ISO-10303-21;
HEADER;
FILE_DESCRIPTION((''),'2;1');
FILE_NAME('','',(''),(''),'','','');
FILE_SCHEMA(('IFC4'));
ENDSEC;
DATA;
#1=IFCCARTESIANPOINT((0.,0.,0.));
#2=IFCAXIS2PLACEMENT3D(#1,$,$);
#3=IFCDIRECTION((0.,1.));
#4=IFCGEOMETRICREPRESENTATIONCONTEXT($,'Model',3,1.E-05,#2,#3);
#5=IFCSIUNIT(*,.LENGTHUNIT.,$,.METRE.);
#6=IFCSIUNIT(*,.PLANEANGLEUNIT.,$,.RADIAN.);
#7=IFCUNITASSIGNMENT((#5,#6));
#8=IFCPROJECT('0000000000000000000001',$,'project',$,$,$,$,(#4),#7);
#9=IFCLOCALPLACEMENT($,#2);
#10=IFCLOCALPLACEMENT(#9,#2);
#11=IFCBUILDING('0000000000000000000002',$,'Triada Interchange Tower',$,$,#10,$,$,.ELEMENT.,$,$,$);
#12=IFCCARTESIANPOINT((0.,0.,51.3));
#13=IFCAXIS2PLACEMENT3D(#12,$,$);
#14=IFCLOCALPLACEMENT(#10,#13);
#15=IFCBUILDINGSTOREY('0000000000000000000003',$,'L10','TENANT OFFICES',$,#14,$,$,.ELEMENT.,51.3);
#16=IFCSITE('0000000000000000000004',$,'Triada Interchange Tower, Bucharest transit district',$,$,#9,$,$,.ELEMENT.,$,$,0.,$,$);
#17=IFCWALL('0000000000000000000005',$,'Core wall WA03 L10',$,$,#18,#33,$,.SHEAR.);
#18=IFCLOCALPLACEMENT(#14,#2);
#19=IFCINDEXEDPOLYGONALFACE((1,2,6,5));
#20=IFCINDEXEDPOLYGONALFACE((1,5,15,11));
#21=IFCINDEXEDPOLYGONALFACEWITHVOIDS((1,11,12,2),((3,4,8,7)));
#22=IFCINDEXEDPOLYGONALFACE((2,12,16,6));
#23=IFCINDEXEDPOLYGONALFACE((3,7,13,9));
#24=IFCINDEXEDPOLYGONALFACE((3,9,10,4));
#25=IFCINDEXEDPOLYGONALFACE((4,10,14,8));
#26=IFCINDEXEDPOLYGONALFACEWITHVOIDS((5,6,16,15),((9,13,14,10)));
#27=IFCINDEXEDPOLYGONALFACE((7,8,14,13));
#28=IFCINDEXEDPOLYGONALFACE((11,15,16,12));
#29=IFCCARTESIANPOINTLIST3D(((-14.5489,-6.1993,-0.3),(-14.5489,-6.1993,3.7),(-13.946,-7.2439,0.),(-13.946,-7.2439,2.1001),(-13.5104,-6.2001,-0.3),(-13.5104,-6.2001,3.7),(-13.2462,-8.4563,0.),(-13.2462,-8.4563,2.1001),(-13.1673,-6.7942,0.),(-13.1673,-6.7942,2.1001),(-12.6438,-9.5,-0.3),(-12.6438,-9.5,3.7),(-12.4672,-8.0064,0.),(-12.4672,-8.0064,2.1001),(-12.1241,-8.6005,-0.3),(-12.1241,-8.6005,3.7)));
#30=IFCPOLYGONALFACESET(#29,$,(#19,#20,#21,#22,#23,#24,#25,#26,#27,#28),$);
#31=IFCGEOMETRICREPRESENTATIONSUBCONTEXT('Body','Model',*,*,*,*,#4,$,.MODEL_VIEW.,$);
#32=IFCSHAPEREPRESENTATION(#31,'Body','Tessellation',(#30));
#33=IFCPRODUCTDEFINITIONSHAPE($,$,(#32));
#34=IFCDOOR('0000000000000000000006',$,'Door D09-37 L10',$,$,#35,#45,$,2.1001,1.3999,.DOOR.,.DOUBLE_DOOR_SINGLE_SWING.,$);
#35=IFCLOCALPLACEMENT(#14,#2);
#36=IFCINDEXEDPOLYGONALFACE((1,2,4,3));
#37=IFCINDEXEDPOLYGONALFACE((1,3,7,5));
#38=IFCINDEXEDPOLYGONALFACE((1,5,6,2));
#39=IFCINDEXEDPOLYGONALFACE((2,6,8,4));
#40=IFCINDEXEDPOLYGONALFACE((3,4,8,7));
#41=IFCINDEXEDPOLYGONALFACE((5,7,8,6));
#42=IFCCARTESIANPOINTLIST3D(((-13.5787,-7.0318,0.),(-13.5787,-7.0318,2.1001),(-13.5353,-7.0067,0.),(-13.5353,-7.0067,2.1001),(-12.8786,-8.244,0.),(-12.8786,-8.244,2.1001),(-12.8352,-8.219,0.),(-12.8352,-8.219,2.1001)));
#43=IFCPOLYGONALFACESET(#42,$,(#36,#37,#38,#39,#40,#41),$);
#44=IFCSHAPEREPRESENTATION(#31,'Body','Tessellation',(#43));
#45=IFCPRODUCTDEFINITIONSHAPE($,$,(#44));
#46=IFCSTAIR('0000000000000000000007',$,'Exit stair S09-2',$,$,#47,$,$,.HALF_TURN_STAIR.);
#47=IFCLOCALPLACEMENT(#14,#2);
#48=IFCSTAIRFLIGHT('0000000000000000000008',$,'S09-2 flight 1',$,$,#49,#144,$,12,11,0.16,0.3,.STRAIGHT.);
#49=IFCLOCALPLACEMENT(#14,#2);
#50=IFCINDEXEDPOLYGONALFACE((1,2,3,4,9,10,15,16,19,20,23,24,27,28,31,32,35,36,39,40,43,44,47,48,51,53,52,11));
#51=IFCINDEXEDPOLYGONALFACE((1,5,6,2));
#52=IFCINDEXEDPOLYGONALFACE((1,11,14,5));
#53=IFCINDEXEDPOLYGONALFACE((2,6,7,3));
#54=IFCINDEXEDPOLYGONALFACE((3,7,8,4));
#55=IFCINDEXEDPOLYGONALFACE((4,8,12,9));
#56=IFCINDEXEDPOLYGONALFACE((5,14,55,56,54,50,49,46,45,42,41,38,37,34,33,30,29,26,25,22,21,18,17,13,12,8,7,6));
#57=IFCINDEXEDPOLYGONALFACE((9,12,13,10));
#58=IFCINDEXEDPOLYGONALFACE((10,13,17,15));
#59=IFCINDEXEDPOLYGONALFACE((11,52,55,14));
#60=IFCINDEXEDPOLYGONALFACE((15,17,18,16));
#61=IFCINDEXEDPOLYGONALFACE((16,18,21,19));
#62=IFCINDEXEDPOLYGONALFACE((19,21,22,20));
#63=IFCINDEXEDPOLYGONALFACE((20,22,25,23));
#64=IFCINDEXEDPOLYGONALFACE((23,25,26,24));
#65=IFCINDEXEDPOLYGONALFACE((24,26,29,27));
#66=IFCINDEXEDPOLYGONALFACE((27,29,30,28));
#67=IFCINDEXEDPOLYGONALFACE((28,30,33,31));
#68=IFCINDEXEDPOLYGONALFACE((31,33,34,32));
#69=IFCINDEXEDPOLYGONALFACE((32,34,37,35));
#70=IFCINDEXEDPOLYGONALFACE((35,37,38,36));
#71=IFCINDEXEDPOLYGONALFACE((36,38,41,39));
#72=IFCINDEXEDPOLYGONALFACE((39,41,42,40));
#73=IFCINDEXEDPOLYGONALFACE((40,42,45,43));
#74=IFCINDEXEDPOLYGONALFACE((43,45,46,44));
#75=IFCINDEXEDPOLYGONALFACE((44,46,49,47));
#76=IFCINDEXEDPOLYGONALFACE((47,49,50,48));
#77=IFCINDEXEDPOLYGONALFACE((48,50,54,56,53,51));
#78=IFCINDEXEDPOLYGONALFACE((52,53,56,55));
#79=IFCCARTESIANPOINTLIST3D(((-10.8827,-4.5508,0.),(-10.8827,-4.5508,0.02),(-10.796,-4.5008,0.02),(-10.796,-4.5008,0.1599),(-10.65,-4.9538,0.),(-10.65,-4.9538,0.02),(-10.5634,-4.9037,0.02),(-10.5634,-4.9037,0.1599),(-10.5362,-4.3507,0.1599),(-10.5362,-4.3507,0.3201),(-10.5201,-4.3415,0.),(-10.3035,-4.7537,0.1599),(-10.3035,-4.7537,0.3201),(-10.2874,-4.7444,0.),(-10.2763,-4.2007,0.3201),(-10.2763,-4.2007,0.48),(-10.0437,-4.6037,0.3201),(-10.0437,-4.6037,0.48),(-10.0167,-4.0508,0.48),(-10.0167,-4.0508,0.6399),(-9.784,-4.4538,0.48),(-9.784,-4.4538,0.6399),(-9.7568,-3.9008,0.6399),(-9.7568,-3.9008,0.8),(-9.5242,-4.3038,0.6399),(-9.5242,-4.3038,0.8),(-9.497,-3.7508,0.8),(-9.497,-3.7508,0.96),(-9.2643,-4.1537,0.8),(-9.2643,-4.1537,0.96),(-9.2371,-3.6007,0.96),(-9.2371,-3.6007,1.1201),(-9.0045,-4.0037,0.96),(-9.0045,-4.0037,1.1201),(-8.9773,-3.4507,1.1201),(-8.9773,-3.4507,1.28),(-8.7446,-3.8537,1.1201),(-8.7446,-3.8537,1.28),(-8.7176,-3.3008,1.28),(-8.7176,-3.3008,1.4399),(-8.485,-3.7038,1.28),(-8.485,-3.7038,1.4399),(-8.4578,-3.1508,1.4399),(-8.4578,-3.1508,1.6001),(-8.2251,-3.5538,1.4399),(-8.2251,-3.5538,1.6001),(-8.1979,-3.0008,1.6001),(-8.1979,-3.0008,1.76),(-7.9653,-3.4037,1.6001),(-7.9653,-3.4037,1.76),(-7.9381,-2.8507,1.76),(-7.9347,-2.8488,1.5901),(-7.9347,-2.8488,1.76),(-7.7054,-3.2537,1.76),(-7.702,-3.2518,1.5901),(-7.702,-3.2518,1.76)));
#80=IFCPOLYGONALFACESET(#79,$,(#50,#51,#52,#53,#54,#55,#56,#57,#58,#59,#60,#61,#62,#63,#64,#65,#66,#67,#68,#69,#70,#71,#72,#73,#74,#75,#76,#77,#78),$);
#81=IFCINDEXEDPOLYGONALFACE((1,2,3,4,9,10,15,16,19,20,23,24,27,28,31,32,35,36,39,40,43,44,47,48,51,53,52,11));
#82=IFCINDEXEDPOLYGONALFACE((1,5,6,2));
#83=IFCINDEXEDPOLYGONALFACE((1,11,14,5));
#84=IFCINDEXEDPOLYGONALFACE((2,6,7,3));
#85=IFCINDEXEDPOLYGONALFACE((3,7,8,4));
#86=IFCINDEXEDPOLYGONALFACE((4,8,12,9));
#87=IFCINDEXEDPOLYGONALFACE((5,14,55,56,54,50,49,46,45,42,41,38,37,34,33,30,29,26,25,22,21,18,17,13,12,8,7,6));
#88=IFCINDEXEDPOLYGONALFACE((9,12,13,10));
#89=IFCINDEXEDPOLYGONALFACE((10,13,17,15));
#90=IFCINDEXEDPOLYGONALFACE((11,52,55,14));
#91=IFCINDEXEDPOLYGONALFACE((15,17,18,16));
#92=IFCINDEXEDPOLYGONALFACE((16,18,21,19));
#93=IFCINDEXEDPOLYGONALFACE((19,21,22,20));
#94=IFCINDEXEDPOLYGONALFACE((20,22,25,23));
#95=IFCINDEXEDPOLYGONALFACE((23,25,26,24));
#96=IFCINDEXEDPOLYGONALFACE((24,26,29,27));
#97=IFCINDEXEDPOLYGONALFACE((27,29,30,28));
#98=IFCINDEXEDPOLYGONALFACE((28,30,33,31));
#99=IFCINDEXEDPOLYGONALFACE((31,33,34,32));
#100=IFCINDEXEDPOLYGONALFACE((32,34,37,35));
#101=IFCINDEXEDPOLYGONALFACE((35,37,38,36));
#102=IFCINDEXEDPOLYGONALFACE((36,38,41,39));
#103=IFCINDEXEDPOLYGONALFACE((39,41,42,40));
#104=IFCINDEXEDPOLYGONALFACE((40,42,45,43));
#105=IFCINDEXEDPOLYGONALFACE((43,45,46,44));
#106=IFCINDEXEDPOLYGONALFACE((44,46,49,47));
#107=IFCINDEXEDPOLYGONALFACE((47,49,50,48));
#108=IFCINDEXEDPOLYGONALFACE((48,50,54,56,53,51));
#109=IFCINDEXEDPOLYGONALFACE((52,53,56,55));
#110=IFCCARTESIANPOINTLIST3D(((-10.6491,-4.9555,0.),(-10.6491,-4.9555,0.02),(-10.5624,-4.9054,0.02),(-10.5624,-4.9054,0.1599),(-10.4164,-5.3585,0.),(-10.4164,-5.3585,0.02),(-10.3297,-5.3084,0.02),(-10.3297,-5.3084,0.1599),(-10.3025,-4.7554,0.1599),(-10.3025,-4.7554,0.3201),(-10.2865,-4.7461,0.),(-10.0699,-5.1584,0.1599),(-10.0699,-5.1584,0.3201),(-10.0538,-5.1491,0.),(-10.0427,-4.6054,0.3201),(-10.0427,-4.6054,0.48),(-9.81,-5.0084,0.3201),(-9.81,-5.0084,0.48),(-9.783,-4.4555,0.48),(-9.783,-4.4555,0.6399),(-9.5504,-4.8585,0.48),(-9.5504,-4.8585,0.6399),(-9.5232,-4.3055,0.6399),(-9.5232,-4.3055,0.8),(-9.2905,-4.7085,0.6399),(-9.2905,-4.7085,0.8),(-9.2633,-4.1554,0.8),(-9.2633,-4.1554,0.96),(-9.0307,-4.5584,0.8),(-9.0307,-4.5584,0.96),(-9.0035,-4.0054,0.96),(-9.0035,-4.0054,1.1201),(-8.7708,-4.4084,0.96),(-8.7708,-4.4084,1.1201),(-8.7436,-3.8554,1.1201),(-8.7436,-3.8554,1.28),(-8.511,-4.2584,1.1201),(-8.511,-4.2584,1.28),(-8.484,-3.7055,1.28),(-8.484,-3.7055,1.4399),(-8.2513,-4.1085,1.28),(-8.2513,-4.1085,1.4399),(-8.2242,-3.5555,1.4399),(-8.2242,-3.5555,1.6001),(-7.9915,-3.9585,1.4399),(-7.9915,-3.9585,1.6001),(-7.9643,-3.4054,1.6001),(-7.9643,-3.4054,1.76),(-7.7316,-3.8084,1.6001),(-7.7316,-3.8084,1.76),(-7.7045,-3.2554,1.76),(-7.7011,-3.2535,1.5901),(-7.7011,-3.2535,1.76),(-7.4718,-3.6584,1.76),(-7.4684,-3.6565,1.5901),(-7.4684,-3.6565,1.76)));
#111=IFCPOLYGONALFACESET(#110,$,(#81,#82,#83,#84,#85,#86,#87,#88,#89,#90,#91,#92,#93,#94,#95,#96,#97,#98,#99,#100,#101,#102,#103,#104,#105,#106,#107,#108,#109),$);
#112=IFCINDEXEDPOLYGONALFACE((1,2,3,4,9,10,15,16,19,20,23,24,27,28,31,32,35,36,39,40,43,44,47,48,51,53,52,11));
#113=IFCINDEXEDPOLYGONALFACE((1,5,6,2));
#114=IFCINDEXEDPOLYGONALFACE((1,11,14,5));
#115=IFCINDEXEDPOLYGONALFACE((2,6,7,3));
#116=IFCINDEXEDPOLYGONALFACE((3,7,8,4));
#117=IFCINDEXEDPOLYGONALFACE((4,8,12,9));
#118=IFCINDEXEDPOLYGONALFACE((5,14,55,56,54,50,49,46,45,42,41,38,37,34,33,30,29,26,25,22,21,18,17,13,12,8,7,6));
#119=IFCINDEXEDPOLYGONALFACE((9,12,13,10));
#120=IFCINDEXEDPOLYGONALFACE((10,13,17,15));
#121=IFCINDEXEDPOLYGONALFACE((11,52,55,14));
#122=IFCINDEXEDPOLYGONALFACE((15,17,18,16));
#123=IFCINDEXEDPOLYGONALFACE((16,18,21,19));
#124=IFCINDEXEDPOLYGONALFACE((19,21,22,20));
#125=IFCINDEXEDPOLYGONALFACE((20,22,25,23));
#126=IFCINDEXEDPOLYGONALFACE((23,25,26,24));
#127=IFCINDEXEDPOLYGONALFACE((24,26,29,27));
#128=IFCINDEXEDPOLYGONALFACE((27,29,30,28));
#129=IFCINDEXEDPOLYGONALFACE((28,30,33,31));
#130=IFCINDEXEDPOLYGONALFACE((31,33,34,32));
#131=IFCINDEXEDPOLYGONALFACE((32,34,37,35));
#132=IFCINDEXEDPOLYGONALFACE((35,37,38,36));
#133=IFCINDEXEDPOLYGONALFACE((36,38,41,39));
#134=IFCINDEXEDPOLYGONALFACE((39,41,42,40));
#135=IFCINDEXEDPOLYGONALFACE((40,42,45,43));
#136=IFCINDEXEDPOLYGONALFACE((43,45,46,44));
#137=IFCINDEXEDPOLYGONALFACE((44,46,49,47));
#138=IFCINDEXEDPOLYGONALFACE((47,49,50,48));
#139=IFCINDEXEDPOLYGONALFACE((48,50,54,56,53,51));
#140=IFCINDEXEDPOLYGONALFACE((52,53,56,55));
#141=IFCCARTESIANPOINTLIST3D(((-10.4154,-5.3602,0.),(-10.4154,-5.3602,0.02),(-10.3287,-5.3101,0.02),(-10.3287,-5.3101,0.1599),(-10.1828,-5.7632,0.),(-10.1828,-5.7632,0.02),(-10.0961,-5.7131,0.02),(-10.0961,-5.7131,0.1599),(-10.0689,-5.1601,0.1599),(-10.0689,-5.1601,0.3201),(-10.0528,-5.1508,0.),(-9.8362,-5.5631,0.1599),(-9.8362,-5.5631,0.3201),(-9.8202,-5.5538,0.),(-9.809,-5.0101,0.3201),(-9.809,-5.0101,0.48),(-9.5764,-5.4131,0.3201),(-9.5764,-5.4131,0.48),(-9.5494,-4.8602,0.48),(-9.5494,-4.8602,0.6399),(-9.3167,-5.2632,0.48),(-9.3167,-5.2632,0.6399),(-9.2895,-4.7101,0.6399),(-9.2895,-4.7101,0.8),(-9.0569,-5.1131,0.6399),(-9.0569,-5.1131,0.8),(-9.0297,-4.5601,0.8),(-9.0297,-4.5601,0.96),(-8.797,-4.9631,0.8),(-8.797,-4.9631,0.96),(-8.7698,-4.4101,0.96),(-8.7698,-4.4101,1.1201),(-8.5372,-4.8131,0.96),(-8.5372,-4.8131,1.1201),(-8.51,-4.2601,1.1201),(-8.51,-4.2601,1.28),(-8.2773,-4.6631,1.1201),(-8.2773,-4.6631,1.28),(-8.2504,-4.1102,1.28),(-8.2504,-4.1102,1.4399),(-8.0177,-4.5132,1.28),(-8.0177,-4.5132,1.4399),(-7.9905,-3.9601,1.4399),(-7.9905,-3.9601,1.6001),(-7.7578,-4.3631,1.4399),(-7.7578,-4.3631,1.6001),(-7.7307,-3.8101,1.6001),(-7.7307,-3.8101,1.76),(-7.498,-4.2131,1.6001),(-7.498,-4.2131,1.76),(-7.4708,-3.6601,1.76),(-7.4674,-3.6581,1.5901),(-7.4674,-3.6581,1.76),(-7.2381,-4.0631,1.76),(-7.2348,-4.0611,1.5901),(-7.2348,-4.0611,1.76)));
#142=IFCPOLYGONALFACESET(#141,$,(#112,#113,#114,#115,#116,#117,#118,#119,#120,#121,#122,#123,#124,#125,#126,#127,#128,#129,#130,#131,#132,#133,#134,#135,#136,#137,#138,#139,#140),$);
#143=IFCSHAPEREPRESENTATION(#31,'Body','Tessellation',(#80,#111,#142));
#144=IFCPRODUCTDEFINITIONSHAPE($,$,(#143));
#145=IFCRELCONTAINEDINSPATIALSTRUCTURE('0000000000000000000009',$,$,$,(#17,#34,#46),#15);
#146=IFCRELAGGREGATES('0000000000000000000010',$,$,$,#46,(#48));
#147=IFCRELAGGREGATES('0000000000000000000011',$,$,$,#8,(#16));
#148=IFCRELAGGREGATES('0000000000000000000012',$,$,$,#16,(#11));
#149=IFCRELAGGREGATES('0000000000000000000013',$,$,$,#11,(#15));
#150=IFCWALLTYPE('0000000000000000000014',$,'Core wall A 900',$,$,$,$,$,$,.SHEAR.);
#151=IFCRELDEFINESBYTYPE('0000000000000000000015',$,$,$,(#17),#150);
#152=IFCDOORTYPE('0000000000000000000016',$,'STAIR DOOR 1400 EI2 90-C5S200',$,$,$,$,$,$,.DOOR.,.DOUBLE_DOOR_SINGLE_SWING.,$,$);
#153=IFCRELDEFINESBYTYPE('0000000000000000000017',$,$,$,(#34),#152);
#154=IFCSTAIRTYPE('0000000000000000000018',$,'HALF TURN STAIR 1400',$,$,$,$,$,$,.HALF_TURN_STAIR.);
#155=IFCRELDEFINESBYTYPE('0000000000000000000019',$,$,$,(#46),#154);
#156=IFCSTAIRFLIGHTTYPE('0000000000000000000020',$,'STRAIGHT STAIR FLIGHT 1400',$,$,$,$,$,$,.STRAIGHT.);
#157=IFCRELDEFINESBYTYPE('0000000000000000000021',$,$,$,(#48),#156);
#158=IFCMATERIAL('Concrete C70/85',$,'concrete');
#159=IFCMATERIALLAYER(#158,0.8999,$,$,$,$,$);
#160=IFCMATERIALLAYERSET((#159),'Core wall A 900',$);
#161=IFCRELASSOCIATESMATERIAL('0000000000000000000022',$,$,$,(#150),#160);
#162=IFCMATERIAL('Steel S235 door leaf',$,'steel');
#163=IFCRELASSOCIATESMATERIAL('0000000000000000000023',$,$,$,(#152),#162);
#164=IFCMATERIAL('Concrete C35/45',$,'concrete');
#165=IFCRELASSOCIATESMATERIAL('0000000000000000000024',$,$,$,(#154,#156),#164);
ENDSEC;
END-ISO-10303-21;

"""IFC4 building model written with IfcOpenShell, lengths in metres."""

from ifc_helpers import new_model, si_unit, direction, frame, frame_2d, origin, place, context, subcontext, project, spatial, polyline, rectangle, outline, extrude, material, layer, layer_set, type_object, element, fill, aggregate, save


model = new_model("IFC4")

# Units and contexts
model_context = context("Model", 3, precision=1e-05, world=origin(), true_north=direction((0.0, 1.0)))
body_context = subcontext(model_context, "Body", "Model", "MODEL_VIEW")
ifc_project = project(units=[si_unit("LENGTHUNIT", "METRE"), si_unit("PLANEANGLEUNIT", "RADIAN")], contexts=[model_context])

# Site, building, storey
site_placement = place(None, origin())
site = spatial("IfcSite", under=ifc_project, at=site_placement, Name="Triada Interchange Tower, Bucharest transit district", CompositionType="ELEMENT", RefElevation=0.0)
building_placement = place(site_placement, origin())
building = spatial("IfcBuilding", under=site, at=building_placement, Name="Triada Interchange Tower", CompositionType="ELEMENT")
storey_placement = place(building_placement, frame((0.0, 0.0, 51.3)))
storey = spatial("IfcBuildingStorey", under=building, at=storey_placement, Name="L10", Description="TENANT OFFICES", CompositionType="ELEMENT", Elevation=51.3)

# Shared definitions
ifc_material_1 = material(Name="Steel S235 door leaf", Category="steel")

# Wall, opening, door
ifc_material_2 = material(Name="Concrete C70/85", Category="concrete")
ifc_layer_1 = layer(ifc_material_2, 0.8999)
ifc_layer_set_1 = layer_set([ifc_layer_1], Name="Core wall A 900")
wall_type_1 = type_object("IfcWallType", Name="Core wall A 900", PredefinedType="SHEAR", material=ifc_layer_set_1)
wall_1_placement = place(storey_placement, frame((-14.03, -6.2, -0.3), z_axis=(0.0, 0.0, 1.0), x_axis=(0.500112, -0.865961, 0.0)))
wall_1 = element("IfcWall", 1, at=wall_1_placement, inside=storey, type_object=wall_type_1, Name="Core wall WA03 L10", PredefinedType="SHEAR", context=body_context, shape_type="SweptSolid", body=[
    extrude(outline(polyline([(-0.26, -0.449), (1.6455, -0.4495), (3.551, -0.45), (3.032, 0.45), (1.646, 0.45), (0.26, 0.45), (-0.26, -0.449)])), origin(), (0.0, 0.0, 1.0), 4.0),
])
opening_1_placement = place(wall_1_placement, frame((0.946, 0.0, 0.3)))
opening_1 = element("IfcOpeningElement", 2, at=opening_1_placement, cuts=wall_1, PredefinedType="OPENING", context=body_context, shape_type="SweptSolid", body=[
    extrude(rectangle(XDim=1.3999, YDim=2.1001, at=frame_2d((0.7, 1.05))), frame((0.0, 0.46, 0.0), z_axis=(0.0, -1.0, 0.0), x_axis=(1.0, 0.0, 0.0)), (0.0, 0.0, 1.0), 0.9199),
])
door_type_1 = type_object("IfcDoorType", Name="STAIR DOOR 1400 EI2 90-C5S200", OperationType="DOUBLE_DOOR_SINGLE_SWING", PredefinedType="DOOR", material=ifc_material_1)
door_1_placement = place(opening_1_placement, origin())
door_1 = element("IfcDoor", 3, at=door_1_placement, inside=storey, type_object=door_type_1, Name="Door D09-37 L10", OperationType="DOUBLE_DOOR_SINGLE_SWING", OverallHeight=2.1001, OverallWidth=1.3999, PredefinedType="DOOR", context=body_context, shape_type="SweptSolid", body=[
    extrude(rectangle(XDim=1.3999, YDim=2.1001, at=frame_2d((0.7, 1.05))), frame((0.0, 0.0249, 0.0), z_axis=(0.0, -1.0, 0.0), x_axis=(1.0, 0.0, 0.0)), (0.0, 0.0, 1.0), 0.05),
])
fill(opening_1, door_1)

# Stair, stair flight
ifc_material_3 = material(Name="Concrete C35/45", Category="concrete")
stair_type = type_object("IfcStairType", Name="HALF TURN STAIR 1400", PredefinedType="HALF_TURN_STAIR", material=ifc_material_3)
stair_placement = place(storey_placement, origin())
stair = element("IfcStair", 4, at=stair_placement, inside=storey, type_object=stair_type, Name="Exit stair S09-2", PredefinedType="HALF_TURN_STAIR")
stair_flight_type = type_object("IfcStairFlightType", Name="STRAIGHT STAIR FLIGHT 1400", PredefinedType="STRAIGHT", material=ifc_material_3)
stair_flight_1_placement = place(storey_placement, frame((-10.446, -5.1069, 0.0), z_axis=(0.0, 0.0, 1.0), x_axis=(0.866025, 0.5, 0.0)))
stair_flight_1 = element("IfcStairFlight", 5, at=stair_flight_1_placement, type_object=stair_flight_type, Name="S09-2 flight 1", NumberOfRisers=12, NumberOfTreads=11, PredefinedType="STRAIGHT", RiserHeight=0.16, TreadLength=0.3, context=body_context, shape_type="SweptSolid", body=[
    extrude(outline(polyline([(-0.1001, 0.0), (-0.1001, 0.02), (0.0, 0.02), (0.0, 0.1599), (0.3, 0.1599), (0.3, 0.3201), (0.6001, 0.3201), (0.6001, 0.48), (0.8999, 0.48), (0.8999, 0.6399), (1.2, 0.6399), (1.2, 0.8), (1.5, 0.8), (1.5, 0.96), (1.8, 0.96), (1.8, 1.1201), (2.1001, 1.1201), (2.1001, 1.28), (2.3999, 1.28), (2.3999, 1.4399), (2.7, 1.4399), (2.7, 1.6001), (3.0, 1.6001), (3.0, 1.76), (3.3, 1.76), (3.304, 1.76), (3.304, 1.9199), (3.304, 1.5901), (0.3186, 0.0), (-0.1001, 0.0)])), frame((0.0, 0.7, 0.0), z_axis=(0.0, -1.0, 0.0), x_axis=(1.0, 0.0, 0.0)), (0.0, 0.0, 1.0), 0.4653),
    extrude(outline(polyline([(-0.1001, 0.0), (-0.1001, 0.02), (0.0, 0.02), (0.0, 0.1599), (0.3, 0.1599), (0.3, 0.3201), (0.6001, 0.3201), (0.6001, 0.48), (0.8999, 0.48), (0.8999, 0.6399), (1.2, 0.6399), (1.2, 0.8), (1.5, 0.8), (1.5, 0.96), (1.8, 0.96), (1.8, 1.1201), (2.1001, 1.1201), (2.1001, 1.28), (2.3999, 1.28), (2.3999, 1.4399), (2.7, 1.4399), (2.7, 1.6001), (3.0, 1.6001), (3.0, 1.76), (3.3, 1.76), (3.304, 1.76), (3.304, 1.9199), (3.304, 1.5901), (0.3186, 0.0), (-0.1001, 0.0)])), frame((0.0, 0.2327, 0.0), z_axis=(0.0, -1.0, 0.0), x_axis=(1.0, 0.0, 0.0)), (0.0, 0.0, 1.0), 0.4653),
    extrude(outline(polyline([(-0.1001, 0.0), (-0.1001, 0.02), (0.0, 0.02), (0.0, 0.1599), (0.3, 0.1599), (0.3, 0.3201), (0.6001, 0.3201), (0.6001, 0.48), (0.8999, 0.48), (0.8999, 0.6399), (1.2, 0.6399), (1.2, 0.8), (1.5, 0.8), (1.5, 0.96), (1.8, 0.96), (1.8, 1.1201), (2.1001, 1.1201), (2.1001, 1.28), (2.3999, 1.28), (2.3999, 1.4399), (2.7, 1.4399), (2.7, 1.6001), (3.0, 1.6001), (3.0, 1.76), (3.3, 1.76), (3.304, 1.76), (3.304, 1.9199), (3.304, 1.5901), (0.3186, 0.0), (-0.1001, 0.0)])), frame((0.0, -0.2346, 0.0), z_axis=(0.0, -1.0, 0.0), x_axis=(1.0, 0.0, 0.0)), (0.0, 0.0, 1.0), 0.4653),
])
aggregate(stair, [stair_flight_1])

save(model, "model.ifc")
